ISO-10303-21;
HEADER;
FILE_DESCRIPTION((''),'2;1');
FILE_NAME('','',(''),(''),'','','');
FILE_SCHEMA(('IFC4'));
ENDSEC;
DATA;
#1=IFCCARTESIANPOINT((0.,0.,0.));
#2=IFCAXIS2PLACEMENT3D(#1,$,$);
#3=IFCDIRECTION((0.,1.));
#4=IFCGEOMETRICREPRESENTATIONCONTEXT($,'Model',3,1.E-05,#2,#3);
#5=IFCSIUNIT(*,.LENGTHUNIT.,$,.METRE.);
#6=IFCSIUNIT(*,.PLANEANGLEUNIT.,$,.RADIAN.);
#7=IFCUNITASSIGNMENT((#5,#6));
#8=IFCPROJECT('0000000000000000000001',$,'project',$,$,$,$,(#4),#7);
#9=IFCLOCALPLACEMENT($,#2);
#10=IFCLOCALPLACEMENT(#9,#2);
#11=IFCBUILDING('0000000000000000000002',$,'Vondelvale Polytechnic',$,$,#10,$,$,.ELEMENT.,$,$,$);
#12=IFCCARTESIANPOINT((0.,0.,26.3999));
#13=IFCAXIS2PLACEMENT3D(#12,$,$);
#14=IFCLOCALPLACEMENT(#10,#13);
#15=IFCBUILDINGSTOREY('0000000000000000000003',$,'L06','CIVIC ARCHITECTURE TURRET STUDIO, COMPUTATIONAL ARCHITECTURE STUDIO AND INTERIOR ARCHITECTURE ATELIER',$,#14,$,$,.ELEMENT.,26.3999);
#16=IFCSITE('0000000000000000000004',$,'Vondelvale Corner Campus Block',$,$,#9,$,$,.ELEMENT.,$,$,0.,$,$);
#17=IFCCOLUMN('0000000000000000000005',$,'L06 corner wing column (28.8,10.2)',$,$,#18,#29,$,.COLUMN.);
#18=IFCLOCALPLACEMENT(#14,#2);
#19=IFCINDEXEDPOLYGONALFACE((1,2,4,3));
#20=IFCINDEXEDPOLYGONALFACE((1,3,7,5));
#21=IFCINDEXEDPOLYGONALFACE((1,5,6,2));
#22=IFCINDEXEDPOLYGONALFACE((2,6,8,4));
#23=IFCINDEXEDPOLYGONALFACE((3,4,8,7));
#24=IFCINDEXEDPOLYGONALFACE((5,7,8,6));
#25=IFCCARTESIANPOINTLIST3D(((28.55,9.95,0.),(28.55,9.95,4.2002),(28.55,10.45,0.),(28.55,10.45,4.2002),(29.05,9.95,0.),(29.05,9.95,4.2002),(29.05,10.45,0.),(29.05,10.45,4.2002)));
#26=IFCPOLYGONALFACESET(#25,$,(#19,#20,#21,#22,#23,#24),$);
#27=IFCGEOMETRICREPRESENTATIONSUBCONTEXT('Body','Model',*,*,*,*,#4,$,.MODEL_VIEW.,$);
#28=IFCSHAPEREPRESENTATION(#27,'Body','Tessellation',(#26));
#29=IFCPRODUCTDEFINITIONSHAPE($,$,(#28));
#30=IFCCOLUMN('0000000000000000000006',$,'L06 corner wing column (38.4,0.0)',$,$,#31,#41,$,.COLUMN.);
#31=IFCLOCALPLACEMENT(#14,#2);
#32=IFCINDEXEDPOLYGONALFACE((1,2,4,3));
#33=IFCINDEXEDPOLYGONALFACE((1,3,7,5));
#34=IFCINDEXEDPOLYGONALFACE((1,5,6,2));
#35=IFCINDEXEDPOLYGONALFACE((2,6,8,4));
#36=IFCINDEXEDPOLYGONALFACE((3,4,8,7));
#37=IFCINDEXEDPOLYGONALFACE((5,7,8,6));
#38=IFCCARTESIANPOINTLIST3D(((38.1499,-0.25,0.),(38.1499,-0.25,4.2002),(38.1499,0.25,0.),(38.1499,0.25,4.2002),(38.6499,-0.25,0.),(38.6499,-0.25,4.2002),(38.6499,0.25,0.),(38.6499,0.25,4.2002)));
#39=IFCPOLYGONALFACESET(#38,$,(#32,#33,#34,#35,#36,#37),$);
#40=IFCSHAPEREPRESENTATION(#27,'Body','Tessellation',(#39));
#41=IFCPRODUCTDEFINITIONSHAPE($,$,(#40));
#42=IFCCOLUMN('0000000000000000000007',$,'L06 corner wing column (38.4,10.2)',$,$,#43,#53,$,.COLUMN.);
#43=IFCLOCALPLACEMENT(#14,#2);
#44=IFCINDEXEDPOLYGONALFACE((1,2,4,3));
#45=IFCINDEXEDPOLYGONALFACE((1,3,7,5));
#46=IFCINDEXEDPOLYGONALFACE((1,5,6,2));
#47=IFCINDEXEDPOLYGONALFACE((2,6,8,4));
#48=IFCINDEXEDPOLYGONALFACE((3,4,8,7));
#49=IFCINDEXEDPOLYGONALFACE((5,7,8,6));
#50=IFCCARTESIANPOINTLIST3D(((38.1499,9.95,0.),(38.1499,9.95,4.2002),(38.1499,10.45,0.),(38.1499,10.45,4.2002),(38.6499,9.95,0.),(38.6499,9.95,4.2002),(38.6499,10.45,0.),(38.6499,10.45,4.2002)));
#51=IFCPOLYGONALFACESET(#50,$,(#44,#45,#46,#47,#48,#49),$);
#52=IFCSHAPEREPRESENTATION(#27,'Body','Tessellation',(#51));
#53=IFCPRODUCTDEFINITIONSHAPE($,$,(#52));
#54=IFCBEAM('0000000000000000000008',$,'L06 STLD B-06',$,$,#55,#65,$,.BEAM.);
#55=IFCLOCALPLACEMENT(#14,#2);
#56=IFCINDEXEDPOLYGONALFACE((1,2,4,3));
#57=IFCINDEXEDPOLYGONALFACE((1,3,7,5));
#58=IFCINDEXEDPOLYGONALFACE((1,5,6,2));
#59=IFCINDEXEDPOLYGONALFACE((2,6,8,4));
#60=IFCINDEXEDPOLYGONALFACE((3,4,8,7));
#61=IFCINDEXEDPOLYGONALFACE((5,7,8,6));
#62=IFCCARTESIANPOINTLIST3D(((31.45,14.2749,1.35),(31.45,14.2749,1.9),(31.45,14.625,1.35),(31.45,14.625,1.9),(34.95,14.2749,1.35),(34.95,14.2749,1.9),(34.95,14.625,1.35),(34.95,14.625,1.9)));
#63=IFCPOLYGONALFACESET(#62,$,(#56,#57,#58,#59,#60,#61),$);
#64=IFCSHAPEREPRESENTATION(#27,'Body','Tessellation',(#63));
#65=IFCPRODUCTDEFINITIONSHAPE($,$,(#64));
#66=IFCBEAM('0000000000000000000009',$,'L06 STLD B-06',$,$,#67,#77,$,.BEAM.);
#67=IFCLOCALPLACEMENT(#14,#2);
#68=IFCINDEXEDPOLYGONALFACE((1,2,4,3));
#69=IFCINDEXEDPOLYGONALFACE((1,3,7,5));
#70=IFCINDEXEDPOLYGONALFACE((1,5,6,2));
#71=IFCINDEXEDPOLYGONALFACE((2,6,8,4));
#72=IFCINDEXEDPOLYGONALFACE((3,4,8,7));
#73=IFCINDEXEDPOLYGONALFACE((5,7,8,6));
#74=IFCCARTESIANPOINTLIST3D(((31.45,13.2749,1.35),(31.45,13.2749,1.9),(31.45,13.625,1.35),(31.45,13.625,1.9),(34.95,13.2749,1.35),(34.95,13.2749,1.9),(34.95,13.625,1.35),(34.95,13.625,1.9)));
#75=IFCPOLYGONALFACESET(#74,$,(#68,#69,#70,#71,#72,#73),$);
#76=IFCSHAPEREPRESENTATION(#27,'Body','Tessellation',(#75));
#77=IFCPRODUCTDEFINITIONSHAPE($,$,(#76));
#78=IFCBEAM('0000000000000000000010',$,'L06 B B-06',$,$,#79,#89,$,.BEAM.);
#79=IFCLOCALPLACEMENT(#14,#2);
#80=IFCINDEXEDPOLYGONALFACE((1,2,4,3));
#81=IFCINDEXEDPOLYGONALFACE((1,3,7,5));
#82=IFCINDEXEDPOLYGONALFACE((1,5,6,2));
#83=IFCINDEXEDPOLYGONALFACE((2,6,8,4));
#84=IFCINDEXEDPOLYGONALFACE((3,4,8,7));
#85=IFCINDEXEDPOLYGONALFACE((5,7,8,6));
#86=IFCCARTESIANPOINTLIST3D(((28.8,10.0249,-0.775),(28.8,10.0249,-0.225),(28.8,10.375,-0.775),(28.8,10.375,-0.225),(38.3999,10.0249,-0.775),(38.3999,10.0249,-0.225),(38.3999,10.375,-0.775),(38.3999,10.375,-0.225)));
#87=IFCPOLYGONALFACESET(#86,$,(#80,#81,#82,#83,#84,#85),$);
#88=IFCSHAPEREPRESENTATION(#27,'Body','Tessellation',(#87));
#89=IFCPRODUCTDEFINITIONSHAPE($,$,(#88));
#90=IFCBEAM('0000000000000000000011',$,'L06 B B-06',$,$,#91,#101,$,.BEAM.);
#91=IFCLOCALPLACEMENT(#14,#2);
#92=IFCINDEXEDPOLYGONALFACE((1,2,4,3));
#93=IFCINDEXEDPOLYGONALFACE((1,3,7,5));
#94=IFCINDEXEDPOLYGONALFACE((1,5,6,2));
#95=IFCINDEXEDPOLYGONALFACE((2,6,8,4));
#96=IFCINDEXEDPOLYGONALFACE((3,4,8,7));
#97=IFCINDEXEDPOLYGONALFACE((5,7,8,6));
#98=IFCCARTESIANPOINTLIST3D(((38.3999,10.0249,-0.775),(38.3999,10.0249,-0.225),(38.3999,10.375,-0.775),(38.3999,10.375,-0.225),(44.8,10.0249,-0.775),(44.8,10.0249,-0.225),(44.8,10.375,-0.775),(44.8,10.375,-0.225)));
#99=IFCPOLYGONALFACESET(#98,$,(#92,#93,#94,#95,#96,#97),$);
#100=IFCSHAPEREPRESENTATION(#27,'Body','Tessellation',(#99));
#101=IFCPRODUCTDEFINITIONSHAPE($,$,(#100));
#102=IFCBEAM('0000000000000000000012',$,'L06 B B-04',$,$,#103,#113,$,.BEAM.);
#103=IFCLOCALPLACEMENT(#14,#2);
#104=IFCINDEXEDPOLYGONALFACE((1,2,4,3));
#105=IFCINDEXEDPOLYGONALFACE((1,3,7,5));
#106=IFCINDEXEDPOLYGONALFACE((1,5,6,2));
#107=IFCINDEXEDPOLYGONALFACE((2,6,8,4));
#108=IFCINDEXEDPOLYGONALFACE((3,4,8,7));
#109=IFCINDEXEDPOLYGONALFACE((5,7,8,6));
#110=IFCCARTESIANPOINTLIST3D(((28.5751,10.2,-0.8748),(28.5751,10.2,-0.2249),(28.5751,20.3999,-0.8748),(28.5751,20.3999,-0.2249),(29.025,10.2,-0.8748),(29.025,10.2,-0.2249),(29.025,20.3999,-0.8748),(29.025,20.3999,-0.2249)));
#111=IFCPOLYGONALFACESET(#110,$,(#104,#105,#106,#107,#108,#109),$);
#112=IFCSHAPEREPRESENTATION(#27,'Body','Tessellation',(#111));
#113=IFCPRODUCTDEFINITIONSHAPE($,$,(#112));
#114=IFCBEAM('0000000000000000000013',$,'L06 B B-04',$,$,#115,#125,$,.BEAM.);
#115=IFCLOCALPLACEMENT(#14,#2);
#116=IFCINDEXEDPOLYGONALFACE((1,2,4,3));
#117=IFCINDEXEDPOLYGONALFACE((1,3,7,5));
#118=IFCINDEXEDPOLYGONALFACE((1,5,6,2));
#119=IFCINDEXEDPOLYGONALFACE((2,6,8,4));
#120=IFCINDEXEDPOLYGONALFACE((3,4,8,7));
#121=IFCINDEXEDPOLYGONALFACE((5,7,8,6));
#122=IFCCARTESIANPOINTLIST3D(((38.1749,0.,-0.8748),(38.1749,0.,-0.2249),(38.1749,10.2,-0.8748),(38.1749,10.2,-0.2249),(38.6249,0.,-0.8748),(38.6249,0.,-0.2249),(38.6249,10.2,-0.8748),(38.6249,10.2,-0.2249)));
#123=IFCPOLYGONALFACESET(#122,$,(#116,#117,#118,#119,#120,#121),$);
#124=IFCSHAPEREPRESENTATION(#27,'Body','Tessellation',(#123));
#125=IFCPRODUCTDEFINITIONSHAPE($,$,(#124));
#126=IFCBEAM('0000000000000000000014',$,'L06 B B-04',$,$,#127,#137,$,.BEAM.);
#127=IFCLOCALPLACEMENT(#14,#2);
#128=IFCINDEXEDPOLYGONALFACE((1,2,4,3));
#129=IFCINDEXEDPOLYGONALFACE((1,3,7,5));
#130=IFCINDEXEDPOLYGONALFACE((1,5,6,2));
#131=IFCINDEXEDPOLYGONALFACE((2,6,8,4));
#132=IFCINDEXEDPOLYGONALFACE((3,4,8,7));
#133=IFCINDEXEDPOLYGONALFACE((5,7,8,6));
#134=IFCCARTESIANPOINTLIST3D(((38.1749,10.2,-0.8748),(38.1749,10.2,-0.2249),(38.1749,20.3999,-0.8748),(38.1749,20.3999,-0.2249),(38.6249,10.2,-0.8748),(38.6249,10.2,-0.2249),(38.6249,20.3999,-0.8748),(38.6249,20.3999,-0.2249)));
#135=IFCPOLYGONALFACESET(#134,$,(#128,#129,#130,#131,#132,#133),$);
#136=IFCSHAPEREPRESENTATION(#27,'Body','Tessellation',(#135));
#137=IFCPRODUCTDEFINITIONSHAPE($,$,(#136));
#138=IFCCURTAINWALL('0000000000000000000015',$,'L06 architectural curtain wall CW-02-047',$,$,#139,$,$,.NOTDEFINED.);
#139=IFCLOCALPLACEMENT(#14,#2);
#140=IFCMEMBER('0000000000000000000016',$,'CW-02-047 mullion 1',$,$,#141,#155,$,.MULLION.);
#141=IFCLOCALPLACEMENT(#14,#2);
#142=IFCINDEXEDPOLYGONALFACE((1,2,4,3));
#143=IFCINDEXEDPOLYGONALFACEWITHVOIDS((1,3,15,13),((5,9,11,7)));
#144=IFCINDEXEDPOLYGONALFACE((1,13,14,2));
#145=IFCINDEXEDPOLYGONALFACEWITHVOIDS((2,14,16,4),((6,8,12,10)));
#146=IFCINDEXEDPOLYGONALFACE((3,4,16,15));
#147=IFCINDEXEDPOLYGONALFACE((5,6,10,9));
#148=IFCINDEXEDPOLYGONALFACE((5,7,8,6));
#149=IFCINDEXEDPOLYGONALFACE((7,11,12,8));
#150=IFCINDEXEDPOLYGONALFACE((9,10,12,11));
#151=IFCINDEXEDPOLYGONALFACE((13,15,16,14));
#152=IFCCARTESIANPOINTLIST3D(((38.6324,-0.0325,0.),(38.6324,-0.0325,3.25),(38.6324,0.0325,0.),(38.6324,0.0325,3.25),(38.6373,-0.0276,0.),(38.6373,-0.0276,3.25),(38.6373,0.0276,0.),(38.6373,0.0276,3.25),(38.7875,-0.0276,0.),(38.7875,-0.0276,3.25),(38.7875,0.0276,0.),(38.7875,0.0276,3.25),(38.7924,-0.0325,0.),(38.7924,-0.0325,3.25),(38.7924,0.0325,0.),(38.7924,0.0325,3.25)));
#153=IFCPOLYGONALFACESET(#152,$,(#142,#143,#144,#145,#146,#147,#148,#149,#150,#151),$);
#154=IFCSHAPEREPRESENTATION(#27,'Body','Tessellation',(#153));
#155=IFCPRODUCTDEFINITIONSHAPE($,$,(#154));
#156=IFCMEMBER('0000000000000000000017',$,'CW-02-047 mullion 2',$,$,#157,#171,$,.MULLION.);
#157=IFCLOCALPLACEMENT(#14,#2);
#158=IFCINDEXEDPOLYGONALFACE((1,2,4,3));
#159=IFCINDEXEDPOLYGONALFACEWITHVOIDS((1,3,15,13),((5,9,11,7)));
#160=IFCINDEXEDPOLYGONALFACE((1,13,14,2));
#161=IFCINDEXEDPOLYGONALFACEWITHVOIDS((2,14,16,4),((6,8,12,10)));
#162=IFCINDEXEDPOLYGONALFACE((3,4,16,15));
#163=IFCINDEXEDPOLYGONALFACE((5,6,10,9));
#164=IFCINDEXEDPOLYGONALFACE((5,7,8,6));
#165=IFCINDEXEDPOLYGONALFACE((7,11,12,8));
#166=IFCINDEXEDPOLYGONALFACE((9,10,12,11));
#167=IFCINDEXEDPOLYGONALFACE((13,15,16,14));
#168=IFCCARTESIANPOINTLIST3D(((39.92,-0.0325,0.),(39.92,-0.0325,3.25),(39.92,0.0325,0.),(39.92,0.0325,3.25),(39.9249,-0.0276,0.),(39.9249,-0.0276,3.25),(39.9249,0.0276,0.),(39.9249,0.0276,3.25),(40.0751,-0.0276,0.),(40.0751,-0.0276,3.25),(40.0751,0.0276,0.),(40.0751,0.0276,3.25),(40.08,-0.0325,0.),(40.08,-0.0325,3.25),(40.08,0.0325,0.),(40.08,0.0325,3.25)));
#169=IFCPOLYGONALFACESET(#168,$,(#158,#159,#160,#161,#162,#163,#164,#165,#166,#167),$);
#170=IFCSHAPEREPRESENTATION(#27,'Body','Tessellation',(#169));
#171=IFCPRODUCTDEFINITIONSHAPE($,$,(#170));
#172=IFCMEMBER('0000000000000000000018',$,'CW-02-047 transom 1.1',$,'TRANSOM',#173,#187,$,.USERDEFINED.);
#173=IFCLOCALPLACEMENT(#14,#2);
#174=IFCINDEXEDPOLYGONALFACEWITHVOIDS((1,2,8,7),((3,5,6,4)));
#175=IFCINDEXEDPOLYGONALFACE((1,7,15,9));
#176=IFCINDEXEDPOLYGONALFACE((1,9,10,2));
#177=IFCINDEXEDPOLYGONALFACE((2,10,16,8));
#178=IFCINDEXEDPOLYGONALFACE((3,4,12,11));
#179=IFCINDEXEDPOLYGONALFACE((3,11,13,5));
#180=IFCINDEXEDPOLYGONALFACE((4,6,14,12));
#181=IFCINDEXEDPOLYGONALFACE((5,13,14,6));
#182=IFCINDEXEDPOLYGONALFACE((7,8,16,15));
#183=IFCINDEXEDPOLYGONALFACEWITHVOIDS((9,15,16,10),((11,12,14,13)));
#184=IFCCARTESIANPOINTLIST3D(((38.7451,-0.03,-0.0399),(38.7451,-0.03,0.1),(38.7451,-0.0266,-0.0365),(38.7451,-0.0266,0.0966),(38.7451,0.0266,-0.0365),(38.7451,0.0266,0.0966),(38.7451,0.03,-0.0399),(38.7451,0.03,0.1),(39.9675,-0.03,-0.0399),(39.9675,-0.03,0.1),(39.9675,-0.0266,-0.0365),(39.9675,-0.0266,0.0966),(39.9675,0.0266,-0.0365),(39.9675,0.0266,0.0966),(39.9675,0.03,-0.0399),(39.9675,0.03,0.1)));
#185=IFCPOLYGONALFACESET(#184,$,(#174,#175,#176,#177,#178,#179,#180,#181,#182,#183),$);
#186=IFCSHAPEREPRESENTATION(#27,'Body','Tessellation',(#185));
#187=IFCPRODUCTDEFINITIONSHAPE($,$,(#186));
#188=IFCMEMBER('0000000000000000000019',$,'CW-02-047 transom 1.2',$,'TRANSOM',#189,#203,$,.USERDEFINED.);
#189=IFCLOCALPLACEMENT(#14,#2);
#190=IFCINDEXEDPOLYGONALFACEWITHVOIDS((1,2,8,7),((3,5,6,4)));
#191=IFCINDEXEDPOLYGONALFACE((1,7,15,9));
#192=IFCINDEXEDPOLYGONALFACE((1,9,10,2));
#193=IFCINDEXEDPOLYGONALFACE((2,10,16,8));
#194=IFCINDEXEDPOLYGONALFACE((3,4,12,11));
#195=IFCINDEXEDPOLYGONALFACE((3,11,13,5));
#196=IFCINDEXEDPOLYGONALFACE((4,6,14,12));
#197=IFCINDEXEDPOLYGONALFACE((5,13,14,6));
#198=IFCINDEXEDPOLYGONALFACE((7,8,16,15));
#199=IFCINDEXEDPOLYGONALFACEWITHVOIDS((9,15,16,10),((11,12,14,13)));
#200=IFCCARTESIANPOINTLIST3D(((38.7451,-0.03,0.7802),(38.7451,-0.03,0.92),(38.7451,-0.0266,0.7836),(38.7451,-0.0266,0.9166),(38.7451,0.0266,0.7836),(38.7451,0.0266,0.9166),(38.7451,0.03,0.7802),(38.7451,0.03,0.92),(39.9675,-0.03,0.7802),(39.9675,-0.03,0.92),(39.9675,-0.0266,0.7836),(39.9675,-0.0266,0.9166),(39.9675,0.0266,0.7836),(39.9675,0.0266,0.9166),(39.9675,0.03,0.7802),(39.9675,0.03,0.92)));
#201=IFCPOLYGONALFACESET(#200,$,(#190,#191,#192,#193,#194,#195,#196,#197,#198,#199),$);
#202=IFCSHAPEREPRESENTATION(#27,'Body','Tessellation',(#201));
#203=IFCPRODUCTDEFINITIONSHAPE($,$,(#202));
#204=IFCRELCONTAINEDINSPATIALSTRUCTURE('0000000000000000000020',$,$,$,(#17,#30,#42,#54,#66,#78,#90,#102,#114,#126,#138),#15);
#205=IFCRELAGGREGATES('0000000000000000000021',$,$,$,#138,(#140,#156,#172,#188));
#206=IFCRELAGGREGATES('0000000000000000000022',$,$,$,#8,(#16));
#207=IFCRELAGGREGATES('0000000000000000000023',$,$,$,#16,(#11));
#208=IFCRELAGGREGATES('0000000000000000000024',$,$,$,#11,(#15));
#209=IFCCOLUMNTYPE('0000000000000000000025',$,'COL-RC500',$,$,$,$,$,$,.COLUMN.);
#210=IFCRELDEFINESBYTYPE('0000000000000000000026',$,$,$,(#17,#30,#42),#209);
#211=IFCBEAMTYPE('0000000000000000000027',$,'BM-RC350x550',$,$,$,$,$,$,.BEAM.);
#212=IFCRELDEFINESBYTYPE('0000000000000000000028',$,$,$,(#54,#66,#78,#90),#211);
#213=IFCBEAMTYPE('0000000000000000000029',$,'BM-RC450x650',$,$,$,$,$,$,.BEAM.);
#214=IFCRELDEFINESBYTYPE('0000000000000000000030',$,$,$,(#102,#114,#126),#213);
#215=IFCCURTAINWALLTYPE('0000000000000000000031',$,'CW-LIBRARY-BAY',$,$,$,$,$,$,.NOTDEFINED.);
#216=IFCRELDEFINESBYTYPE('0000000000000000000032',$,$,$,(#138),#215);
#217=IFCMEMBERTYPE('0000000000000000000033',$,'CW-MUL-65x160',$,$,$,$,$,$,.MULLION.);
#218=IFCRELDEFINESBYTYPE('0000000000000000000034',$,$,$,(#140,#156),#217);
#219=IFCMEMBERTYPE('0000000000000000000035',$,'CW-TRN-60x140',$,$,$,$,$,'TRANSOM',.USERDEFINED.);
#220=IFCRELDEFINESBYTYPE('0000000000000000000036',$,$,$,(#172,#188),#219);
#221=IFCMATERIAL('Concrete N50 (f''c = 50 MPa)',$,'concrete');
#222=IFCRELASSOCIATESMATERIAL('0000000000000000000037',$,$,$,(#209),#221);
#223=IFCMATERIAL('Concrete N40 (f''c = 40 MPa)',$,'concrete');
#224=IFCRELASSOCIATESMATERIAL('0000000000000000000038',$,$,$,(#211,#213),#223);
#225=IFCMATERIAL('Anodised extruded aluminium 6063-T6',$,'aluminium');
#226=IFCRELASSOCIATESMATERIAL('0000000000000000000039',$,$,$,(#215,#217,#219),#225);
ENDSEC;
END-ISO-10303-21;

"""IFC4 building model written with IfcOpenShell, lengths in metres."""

from ifc_helpers import new_model, si_unit, direction, frame, origin, origin_2d, place, context, subcontext, project, spatial, rectangle, hollow_rectangle, extrude, material, material_profile, profile_set, type_object, element, aggregate, save


model = new_model("IFC4")

# Units and contexts
model_context = context("Model", 3, precision=1e-05, world=origin(), true_north=direction((0.0, 1.0)))
body_context = subcontext(model_context, "Body", "Model", "MODEL_VIEW")
ifc_project = project(units=[si_unit("LENGTHUNIT", "METRE"), si_unit("PLANEANGLEUNIT", "RADIAN")], contexts=[model_context])

# Site, building, storey
site_placement = place(None, origin())
site = spatial("IfcSite", under=ifc_project, at=site_placement, Name="Vondelvale Corner Campus Block", CompositionType="ELEMENT", RefElevation=0.0)
building_placement = place(site_placement, origin())
building = spatial("IfcBuilding", under=site, at=building_placement, Name="Vondelvale Polytechnic", CompositionType="ELEMENT")
storey_placement = place(building_placement, frame((0.0, 0.0, 26.3999)))
storey = spatial("IfcBuildingStorey", under=building, at=storey_placement, Name="L06", Description="CIVIC ARCHITECTURE TURRET STUDIO, COMPUTATIONAL ARCHITECTURE STUDIO AND INTERIOR ARCHITECTURE ATELIER", CompositionType="ELEMENT", Elevation=26.3999)

# Columns
ifc_material_1 = material(Name="Concrete N50 (f'c = 50 MPa)", Category="concrete")
ifc_material_profile_1 = material_profile(ifc_material_1, rectangle(XDim=0.5, YDim=0.5, at=origin_2d()), Name="RC-COL-500x500")
ifc_profile_set_1 = profile_set([ifc_material_profile_1], Name="Concrete N50 (f'c = 50 MPa)")
column_type = type_object("IfcColumnType", Name="COL-RC500", PredefinedType="COLUMN", material=ifc_profile_set_1)
for number, where, z_axis, x_axis, name in (
    (1, (28.8, 10.2, 0.0), (0.0, 0.0, 1.0), (1.0, 0.0, 0.0), "L06 corner wing column (28.8,10.2)"),
    (2, (38.3999, 0.0, 0.0), (0.0, 0.0, 1.0), (1.0, 0.0, 0.0), "L06 corner wing column (38.4,0.0)"),
    (3, (38.3999, 10.2, 0.0), (0.0, 0.0, 1.0), (1.0, 0.0, 0.0), "L06 corner wing column (38.4,10.2)"),
):
    element("IfcColumn", number, at=place(storey_placement, frame(where, z_axis=z_axis, x_axis=x_axis)), inside=storey, type_object=column_type, Name=name, PredefinedType="COLUMN", context=body_context, shape_type="SweptSolid", body=[
        extrude(rectangle(XDim=0.5, YDim=0.5, at=origin_2d()), origin(), (0.0, 0.0, 1.0), 4.2002),
    ])

# Beams
ifc_material_2 = material(Name="Concrete N40 (f'c = 40 MPa)", Category="concrete")
ifc_material_profile_2 = material_profile(ifc_material_2, rectangle(XDim=0.3501, YDim=0.55, at=origin_2d()), Name="RC-BM-350x550")
ifc_profile_set_2 = profile_set([ifc_material_profile_2], Name="Concrete N40 (f'c = 40 MPa)")
beam_type_1 = type_object("IfcBeamType", Name="BM-RC350x550", PredefinedType="BEAM", material=ifc_profile_set_2)
for number, where, z_axis, x_axis, name in (
    (4, (31.45, 14.45, 1.625), (1.0, 0.0, 0.0), (0.0, 1.0, 0.0), "L06 STLD B-06"),
    (5, (31.45, 13.45, 1.625), (1.0, 0.0, 0.0), (0.0, 1.0, 0.0), "L06 STLD B-06"),
):
    element("IfcBeam", number, at=place(storey_placement, frame(where, z_axis=z_axis, x_axis=x_axis)), inside=storey, type_object=beam_type_1, Name=name, PredefinedType="BEAM", context=body_context, shape_type="SweptSolid", body=[
        extrude(rectangle(XDim=0.3501, YDim=0.55, at=origin_2d()), origin(), (0.0, 0.0, 1.0), 3.5),
    ])
beam_1_placement = place(storey_placement, frame((28.8, 10.2, -0.5), z_axis=(1.0, 0.0, 0.0), x_axis=(0.0, 1.0, 0.0)))
element("IfcBeam", 6, at=beam_1_placement, inside=storey, type_object=beam_type_1, Name="L06 B B-06", PredefinedType="BEAM", context=body_context, shape_type="SweptSolid", body=[
    extrude(rectangle(XDim=0.3501, YDim=0.55, at=origin_2d()), origin(), (0.0, 0.0, 1.0), 9.5999),
])
beam_2_placement = place(storey_placement, frame((38.3999, 10.2, -0.5), z_axis=(1.0, 0.0, 0.0), x_axis=(0.0, 1.0, 0.0)))
element("IfcBeam", 7, at=beam_2_placement, inside=storey, type_object=beam_type_1, Name="L06 B B-06", PredefinedType="BEAM", context=body_context, shape_type="SweptSolid", body=[
    extrude(rectangle(XDim=0.3501, YDim=0.55, at=origin_2d()), origin(), (0.0, 0.0, 1.0), 6.4001),
])
ifc_material_profile_3 = material_profile(ifc_material_2, rectangle(XDim=0.45, YDim=0.6499, at=origin_2d()), Name="RC-BM-450x650")
ifc_profile_set_3 = profile_set([ifc_material_profile_3], Name="Concrete N40 (f'c = 40 MPa)")
beam_type_2 = type_object("IfcBeamType", Name="BM-RC450x650", PredefinedType="BEAM", material=ifc_profile_set_3)
for number, where, z_axis, x_axis, name in (
    (8, (28.8, 10.2, -0.5498), (0.0, 1.0, 0.0), (-1.0, 0.0, 0.0), "L06 B B-04"),
    (9, (38.3999, 0.0, -0.5498), (0.0, 1.0, 0.0), (-1.0, 0.0, 0.0), "L06 B B-04"),
    (10, (38.3999, 10.2, -0.5498), (0.0, 1.0, 0.0), (-1.0, 0.0, 0.0), "L06 B B-04"),
):
    element("IfcBeam", number, at=place(storey_placement, frame(where, z_axis=z_axis, x_axis=x_axis)), inside=storey, type_object=beam_type_2, Name=name, PredefinedType="BEAM", context=body_context, shape_type="SweptSolid", body=[
        extrude(rectangle(XDim=0.45, YDim=0.6499, at=origin_2d()), origin(), (0.0, 0.0, 1.0), 10.2),
    ])

# Curtain wall, members
ifc_material_3 = material(Name="Anodised extruded aluminium 6063-T6", Category="aluminium")
curtain_wall_type = type_object("IfcCurtainWallType", Name="CW-LIBRARY-BAY", PredefinedType="NOTDEFINED", material=ifc_material_3)
curtain_wall_placement = place(storey_placement, origin())
curtain_wall = element("IfcCurtainWall", 11, at=curtain_wall_placement, inside=storey, type_object=curtain_wall_type, Name="L06 architectural curtain wall CW-02-047", PredefinedType="NOTDEFINED")
ifc_material_profile_4 = material_profile(ifc_material_3, hollow_rectangle(XDim=0.0649, YDim=0.1599, WallThickness=0.0049, at=origin_2d()), Name="CW-MUL-160x65")
ifc_profile_set_4 = profile_set([ifc_material_profile_4], Name="Anodised extruded aluminium 6063-T6")
member_type_1 = type_object("IfcMemberType", Name="CW-MUL-65x160", PredefinedType="MULLION", material=ifc_profile_set_4)
member_1_placement = place(storey_placement, frame((38.7124, 0.0, 0.0), z_axis=(0.0, 0.0, 1.0), x_axis=(0.0, 1.0, 0.0)))
member_1 = element("IfcMember", 12, at=member_1_placement, type_object=member_type_1, Name="CW-02-047 mullion 1", PredefinedType="MULLION", context=body_context, shape_type="SweptSolid", body=[
    extrude(hollow_rectangle(XDim=0.0649, YDim=0.1599, WallThickness=0.0049, at=origin_2d()), origin(), (0.0, 0.0, 1.0), 3.25),
])
member_2_placement = place(storey_placement, frame((40.0, 0.0, 0.0), z_axis=(0.0, 0.0, 1.0), x_axis=(0.0, 1.0, 0.0)))
member_2 = element("IfcMember", 13, at=member_2_placement, type_object=member_type_1, Name="CW-02-047 mullion 2", PredefinedType="MULLION", context=body_context, shape_type="SweptSolid", body=[
    extrude(hollow_rectangle(XDim=0.0649, YDim=0.1599, WallThickness=0.0049, at=origin_2d()), origin(), (0.0, 0.0, 1.0), 3.25),
])
ifc_material_profile_5 = material_profile(ifc_material_3, hollow_rectangle(XDim=0.0601, YDim=0.1399, WallThickness=0.0034, at=origin_2d()), Name="CW-TRN-140x60")
ifc_profile_set_5 = profile_set([ifc_material_profile_5], Name="Anodised extruded aluminium 6063-T6")
member_type_2 = type_object("IfcMemberType", Name="CW-TRN-60x140", ElementType="TRANSOM", PredefinedType="USERDEFINED", material=ifc_profile_set_5)
member_3_placement = place(storey_placement, frame((38.7451, 0.0, 0.03), z_axis=(1.0, 0.0, 0.0), x_axis=(0.0, 1.0, 0.0)))
member_3 = element("IfcMember", 14, at=member_3_placement, type_object=member_type_2, Name="CW-02-047 transom 1.1", ObjectType="TRANSOM", PredefinedType="USERDEFINED", context=body_context, shape_type="SweptSolid", body=[
    extrude(hollow_rectangle(XDim=0.0601, YDim=0.1399, WallThickness=0.0034, at=origin_2d()), origin(), (0.0, 0.0, 1.0), 1.2224),
])
member_4_placement = place(storey_placement, frame((38.7451, 0.0, 0.8501), z_axis=(1.0, 0.0, 0.0), x_axis=(0.0, 1.0, 0.0)))
member_4 = element("IfcMember", 15, at=member_4_placement, type_object=member_type_2, Name="CW-02-047 transom 1.2", ObjectType="TRANSOM", PredefinedType="USERDEFINED", context=body_context, shape_type="SweptSolid", body=[
    extrude(hollow_rectangle(XDim=0.0601, YDim=0.1399, WallThickness=0.0034, at=origin_2d()), origin(), (0.0, 0.0, 1.0), 1.2224),
])

aggregate(curtain_wall, [member_1, member_2, member_3, member_4])

save(model, "model.ifc")
